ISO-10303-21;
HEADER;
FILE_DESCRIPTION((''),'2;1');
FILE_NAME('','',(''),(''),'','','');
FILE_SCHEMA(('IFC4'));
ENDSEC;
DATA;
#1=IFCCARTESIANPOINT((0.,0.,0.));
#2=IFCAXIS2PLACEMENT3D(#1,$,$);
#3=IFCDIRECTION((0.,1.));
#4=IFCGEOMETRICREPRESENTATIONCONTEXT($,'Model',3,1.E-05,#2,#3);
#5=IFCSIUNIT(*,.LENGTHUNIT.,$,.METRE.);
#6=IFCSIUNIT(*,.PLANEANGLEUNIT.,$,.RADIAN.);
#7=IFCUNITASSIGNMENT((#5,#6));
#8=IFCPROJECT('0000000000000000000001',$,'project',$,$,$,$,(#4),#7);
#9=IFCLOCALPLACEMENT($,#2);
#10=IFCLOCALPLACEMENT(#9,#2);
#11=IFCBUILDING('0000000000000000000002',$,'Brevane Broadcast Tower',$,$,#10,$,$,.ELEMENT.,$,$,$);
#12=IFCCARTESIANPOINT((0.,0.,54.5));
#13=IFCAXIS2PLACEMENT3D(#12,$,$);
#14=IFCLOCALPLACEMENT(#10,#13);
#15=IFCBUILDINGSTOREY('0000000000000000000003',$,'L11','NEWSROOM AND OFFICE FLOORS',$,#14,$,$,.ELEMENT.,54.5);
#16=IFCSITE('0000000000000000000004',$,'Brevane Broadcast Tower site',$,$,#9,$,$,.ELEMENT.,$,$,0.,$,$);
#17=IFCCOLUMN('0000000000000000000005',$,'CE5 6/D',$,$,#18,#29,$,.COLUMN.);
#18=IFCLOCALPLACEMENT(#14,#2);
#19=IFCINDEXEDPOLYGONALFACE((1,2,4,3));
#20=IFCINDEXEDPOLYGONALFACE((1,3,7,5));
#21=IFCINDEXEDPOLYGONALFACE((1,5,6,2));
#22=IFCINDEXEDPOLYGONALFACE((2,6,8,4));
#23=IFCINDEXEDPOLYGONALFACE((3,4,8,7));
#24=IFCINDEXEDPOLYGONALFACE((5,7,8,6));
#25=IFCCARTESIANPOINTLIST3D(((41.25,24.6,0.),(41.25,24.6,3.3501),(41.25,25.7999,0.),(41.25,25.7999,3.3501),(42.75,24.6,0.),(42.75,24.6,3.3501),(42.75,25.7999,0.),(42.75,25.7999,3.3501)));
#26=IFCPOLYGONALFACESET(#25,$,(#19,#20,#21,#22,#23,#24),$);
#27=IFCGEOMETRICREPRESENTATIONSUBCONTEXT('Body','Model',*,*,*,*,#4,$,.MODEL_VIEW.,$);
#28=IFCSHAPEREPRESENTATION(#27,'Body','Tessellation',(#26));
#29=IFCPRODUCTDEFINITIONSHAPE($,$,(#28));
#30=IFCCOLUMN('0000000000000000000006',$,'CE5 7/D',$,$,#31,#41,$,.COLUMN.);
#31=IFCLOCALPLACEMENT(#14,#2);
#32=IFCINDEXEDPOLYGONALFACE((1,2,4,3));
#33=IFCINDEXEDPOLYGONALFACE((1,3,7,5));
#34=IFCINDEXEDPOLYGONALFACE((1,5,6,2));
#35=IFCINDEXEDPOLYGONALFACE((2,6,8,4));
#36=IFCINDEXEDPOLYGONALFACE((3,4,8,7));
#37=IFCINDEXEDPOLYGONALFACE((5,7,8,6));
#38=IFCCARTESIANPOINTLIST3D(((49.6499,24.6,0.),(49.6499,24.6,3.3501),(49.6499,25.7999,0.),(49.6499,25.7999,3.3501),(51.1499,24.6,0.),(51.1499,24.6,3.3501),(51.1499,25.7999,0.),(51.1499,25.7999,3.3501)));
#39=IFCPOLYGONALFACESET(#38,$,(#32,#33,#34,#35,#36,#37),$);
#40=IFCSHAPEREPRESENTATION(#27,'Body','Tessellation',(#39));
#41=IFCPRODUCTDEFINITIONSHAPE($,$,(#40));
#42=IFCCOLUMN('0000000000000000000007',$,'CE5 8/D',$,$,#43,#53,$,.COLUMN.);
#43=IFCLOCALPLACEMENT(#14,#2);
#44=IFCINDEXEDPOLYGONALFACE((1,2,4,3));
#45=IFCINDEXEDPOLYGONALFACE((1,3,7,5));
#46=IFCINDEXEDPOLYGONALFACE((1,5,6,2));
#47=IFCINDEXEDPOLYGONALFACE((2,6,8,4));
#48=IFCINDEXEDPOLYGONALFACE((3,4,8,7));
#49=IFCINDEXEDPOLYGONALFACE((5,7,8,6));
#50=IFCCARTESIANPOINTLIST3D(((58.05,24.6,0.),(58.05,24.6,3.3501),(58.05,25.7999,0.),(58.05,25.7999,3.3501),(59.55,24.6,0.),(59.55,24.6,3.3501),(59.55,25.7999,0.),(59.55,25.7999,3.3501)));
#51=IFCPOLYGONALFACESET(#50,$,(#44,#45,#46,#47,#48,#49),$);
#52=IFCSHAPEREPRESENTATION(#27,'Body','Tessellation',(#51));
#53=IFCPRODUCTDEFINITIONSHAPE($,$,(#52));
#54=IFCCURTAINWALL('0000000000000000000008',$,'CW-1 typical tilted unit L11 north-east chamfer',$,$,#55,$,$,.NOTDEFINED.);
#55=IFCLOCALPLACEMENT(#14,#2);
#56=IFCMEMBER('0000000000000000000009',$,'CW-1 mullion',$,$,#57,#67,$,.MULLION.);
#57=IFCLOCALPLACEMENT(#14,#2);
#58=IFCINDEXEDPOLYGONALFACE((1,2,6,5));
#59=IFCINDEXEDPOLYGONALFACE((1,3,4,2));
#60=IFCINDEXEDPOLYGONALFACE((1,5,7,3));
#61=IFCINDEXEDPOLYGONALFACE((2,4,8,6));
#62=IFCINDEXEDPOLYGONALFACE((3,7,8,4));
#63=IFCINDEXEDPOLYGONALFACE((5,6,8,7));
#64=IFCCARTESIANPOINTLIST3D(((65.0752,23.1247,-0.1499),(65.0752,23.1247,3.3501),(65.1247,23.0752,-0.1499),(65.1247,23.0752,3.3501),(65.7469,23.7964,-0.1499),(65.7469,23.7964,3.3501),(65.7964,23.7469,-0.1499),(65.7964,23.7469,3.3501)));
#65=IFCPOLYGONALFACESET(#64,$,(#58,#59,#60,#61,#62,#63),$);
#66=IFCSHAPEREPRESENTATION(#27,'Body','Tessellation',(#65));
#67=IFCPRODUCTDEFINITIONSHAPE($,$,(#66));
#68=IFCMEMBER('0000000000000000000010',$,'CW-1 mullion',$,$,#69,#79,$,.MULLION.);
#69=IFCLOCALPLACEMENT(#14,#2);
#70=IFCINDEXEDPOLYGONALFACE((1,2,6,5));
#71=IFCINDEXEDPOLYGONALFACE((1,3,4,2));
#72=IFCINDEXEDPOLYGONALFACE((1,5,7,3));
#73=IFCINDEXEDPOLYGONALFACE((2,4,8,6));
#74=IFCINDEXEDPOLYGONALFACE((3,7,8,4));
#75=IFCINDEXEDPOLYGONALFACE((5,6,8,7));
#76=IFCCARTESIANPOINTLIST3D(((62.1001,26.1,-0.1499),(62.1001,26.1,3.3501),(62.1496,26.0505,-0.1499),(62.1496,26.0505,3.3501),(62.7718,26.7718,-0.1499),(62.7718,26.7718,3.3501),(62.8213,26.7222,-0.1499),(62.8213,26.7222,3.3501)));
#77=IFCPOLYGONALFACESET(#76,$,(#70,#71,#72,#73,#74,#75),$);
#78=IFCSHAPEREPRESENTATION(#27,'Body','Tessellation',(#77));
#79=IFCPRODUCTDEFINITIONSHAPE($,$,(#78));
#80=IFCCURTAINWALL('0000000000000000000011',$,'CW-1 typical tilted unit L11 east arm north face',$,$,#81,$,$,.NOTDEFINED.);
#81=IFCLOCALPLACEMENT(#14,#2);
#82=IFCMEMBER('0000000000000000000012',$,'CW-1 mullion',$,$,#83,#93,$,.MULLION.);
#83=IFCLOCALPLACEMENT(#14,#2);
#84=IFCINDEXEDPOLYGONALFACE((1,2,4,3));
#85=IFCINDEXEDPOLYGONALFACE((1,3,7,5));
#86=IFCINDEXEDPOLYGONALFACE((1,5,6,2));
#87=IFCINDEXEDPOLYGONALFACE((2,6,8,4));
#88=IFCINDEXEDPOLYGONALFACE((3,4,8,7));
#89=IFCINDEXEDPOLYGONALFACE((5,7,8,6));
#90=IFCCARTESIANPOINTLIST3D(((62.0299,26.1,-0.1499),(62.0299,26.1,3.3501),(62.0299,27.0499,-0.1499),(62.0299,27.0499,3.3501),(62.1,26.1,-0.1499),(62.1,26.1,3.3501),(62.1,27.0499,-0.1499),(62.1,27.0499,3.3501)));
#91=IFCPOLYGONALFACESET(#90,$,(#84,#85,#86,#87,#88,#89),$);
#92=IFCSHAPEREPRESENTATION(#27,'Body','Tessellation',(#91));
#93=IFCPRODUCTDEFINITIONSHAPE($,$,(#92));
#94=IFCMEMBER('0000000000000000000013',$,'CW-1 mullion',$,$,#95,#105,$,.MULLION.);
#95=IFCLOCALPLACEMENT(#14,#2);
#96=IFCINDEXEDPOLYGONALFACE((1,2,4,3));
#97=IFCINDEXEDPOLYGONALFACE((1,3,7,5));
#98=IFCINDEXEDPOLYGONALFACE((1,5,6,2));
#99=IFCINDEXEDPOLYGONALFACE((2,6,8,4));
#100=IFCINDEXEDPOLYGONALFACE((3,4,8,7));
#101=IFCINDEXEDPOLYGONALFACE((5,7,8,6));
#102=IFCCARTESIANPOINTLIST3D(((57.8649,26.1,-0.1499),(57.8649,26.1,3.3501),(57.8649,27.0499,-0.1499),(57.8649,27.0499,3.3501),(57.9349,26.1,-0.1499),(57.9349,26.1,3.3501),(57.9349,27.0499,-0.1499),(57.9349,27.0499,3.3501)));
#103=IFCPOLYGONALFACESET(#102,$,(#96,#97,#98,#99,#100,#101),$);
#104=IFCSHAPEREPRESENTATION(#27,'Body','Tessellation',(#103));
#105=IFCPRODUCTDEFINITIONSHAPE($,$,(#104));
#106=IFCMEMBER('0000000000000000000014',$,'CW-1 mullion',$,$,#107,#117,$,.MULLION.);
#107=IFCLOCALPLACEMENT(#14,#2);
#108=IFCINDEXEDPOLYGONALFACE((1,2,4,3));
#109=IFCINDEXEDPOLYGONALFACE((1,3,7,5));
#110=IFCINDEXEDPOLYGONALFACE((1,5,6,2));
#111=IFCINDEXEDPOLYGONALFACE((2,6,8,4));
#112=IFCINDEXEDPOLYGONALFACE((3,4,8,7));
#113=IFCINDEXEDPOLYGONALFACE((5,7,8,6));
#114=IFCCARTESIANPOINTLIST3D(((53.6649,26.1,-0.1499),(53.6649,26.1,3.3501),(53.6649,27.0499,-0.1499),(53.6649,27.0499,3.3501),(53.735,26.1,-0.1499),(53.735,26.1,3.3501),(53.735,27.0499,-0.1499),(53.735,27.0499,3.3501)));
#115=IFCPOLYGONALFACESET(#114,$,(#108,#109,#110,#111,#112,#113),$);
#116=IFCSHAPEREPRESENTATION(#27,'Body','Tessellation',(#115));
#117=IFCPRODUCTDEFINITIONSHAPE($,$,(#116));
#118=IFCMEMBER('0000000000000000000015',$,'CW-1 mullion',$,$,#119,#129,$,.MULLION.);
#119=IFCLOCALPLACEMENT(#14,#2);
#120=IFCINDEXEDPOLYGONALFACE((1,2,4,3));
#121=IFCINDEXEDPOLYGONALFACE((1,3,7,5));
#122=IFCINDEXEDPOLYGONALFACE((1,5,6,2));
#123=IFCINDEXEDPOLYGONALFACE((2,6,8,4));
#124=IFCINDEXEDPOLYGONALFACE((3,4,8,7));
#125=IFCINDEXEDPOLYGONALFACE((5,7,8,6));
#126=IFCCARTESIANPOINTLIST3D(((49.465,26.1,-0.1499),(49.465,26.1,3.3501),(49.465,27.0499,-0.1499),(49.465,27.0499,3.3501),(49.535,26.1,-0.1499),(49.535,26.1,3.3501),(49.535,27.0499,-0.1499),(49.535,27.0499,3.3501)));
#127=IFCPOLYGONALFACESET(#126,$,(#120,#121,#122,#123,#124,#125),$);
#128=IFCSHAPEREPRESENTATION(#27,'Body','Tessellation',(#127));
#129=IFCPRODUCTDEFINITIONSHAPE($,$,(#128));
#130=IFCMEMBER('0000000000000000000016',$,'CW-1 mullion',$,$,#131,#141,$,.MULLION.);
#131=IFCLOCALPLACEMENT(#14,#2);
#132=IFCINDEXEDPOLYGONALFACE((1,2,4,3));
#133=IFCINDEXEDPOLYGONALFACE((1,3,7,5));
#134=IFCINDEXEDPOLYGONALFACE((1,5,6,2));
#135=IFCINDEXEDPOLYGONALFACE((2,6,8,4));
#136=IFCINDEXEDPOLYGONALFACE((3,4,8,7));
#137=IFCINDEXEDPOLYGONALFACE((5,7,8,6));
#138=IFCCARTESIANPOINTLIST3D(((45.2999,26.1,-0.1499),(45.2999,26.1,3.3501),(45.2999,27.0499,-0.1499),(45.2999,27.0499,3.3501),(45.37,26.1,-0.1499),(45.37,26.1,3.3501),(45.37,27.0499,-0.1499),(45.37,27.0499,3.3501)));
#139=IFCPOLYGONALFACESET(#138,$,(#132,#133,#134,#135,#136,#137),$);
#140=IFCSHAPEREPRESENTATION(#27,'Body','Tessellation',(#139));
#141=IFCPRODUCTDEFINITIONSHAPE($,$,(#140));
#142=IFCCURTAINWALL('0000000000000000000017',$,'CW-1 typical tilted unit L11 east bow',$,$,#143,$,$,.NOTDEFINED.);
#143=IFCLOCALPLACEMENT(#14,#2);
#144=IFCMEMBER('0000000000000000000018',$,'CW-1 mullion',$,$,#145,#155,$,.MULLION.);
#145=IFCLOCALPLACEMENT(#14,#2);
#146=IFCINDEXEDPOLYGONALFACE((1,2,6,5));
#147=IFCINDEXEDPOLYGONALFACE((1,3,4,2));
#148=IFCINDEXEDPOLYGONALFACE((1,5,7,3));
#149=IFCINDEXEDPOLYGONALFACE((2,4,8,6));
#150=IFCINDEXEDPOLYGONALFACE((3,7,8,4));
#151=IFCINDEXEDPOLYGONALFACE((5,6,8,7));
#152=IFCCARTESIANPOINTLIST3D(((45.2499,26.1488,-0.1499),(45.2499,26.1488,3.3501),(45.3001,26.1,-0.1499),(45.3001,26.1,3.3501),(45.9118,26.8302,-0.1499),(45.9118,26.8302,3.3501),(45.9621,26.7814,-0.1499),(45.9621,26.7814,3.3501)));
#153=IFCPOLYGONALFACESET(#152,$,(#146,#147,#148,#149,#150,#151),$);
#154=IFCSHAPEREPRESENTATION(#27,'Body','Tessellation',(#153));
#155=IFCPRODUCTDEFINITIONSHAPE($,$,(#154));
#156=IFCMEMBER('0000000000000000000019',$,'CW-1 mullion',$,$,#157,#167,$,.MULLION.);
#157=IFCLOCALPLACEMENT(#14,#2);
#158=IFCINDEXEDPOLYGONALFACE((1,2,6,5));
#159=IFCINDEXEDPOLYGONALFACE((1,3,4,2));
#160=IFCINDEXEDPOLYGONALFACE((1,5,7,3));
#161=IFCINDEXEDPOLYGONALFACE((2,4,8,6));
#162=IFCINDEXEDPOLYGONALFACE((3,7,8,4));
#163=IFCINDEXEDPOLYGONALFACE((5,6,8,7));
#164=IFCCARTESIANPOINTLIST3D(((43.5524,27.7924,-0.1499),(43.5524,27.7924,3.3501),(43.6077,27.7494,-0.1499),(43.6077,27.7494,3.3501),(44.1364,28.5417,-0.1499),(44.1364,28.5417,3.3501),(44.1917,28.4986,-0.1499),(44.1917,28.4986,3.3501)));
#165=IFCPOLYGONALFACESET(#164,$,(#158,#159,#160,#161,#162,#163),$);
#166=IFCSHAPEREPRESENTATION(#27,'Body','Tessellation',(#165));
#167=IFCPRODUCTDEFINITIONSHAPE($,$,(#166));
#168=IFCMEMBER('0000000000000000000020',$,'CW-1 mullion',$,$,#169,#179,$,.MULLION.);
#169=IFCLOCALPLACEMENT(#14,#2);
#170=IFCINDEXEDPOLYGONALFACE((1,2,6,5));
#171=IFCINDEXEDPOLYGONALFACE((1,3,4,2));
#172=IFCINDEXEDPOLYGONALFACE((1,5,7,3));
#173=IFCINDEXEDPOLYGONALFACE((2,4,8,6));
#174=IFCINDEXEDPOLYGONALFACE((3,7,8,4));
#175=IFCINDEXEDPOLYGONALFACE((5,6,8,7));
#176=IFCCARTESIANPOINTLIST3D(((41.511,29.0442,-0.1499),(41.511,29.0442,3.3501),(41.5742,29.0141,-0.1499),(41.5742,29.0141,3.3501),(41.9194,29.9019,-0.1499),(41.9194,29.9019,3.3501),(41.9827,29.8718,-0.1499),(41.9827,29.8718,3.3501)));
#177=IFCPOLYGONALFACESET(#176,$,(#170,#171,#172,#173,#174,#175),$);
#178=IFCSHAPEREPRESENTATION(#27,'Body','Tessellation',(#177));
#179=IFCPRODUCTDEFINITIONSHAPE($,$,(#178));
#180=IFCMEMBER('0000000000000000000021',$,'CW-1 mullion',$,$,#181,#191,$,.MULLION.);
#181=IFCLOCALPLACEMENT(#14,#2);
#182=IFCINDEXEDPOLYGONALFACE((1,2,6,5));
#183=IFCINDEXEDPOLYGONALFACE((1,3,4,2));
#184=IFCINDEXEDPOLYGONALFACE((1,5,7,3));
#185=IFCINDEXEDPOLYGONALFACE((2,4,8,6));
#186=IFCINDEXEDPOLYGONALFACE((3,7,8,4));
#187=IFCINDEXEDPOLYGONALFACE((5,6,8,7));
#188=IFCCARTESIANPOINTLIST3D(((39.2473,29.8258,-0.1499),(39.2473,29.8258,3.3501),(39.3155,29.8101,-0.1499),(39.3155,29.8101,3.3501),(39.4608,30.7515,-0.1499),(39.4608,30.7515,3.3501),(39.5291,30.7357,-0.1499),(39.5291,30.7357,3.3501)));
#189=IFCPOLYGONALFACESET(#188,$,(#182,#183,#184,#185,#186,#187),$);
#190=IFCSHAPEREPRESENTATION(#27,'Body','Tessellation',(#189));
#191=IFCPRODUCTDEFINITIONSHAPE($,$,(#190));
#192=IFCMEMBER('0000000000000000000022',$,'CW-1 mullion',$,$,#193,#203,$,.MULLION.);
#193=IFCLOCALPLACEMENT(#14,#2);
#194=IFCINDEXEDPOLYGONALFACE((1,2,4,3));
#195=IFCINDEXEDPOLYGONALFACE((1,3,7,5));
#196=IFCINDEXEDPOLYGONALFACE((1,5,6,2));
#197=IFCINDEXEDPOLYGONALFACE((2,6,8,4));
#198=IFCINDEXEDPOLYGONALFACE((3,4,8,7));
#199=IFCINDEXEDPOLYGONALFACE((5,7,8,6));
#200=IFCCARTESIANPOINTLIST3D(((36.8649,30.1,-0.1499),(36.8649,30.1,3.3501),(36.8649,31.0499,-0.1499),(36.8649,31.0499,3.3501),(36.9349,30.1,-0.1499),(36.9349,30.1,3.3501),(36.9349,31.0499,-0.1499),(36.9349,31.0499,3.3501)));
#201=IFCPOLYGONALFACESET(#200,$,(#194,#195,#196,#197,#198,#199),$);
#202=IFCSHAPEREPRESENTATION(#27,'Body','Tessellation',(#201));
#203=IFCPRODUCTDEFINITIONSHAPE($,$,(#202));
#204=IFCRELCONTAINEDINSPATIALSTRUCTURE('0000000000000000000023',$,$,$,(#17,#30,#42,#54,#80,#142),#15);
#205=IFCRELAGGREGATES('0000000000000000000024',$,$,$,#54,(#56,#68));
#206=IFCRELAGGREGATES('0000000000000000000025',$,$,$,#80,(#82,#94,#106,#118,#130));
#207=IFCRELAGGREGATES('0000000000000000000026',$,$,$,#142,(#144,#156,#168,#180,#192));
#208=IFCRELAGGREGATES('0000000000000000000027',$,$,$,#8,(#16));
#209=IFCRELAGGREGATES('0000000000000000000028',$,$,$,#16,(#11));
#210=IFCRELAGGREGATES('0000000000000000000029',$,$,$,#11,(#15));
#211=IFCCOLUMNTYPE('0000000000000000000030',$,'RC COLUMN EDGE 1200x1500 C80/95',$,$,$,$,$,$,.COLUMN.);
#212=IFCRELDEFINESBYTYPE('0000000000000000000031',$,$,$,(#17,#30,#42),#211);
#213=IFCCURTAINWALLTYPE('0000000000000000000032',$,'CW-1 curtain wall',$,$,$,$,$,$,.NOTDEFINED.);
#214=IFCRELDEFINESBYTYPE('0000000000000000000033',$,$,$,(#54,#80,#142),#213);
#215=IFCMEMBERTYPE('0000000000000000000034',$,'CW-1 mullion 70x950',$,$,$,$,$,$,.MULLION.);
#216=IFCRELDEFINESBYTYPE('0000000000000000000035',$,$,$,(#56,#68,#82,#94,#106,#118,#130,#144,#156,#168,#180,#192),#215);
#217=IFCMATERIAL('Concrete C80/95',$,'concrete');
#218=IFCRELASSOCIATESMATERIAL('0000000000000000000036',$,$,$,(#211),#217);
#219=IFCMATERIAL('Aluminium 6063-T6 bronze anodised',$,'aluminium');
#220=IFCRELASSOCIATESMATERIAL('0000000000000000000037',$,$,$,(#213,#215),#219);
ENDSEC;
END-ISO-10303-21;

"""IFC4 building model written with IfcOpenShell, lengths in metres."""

from ifc_helpers import new_model, si_unit, direction, frame, origin, origin_2d, place, context, subcontext, project, spatial, rectangle, extrude, material, material_profile, profile_set, type_object, element, aggregate, save


model = new_model("IFC4")

# Units and contexts
model_context = context("Model", 3, precision=1e-05, world=origin(), true_north=direction((0.0, 1.0)))
body_context = subcontext(model_context, "Body", "Model", "MODEL_VIEW")
ifc_project = project(units=[si_unit("LENGTHUNIT", "METRE"), si_unit("PLANEANGLEUNIT", "RADIAN")], contexts=[model_context])

# Site, building, storey
site_placement = place(None, origin())
site = spatial("IfcSite", under=ifc_project, at=site_placement, Name="Brevane Broadcast Tower site", CompositionType="ELEMENT", RefElevation=0.0)
building_placement = place(site_placement, origin())
building = spatial("IfcBuilding", under=site, at=building_placement, Name="Brevane Broadcast Tower", CompositionType="ELEMENT")
storey_placement = place(building_placement, frame((0.0, 0.0, 54.5)))
storey = spatial("IfcBuildingStorey", under=building, at=storey_placement, Name="L11", Description="NEWSROOM AND OFFICE FLOORS", CompositionType="ELEMENT", Elevation=54.5)

# Columns
ifc_material_1 = material(Name="Concrete C80/95", Category="concrete")
ifc_material_profile_1 = material_profile(ifc_material_1, rectangle(XDim=1.2, YDim=1.5, at=origin_2d()), Name="RC 1200x1500")
ifc_profile_set_1 = profile_set([ifc_material_profile_1], Name="Concrete C80/95")
column_type = type_object("IfcColumnType", Name="RC COLUMN EDGE 1200x1500 C80/95", PredefinedType="COLUMN", material=ifc_profile_set_1)
for number, where, z_axis, x_axis, name in (
    (1, (42.0, 25.2, 0.0), (0.0, 0.0, 1.0), (0.0, 1.0, 0.0), "CE5 6/D"),
    (2, (50.3999, 25.2, 0.0), (0.0, 0.0, 1.0), (0.0, 1.0, 0.0), "CE5 7/D"),
    (3, (58.8, 25.2, 0.0), (0.0, 0.0, 1.0), (0.0, 1.0, 0.0), "CE5 8/D"),
):
    element("IfcColumn", number, at=place(storey_placement, frame(where, z_axis=z_axis, x_axis=x_axis)), inside=storey, type_object=column_type, Name=name, PredefinedType="COLUMN", context=body_context, shape_type="SweptSolid", body=[
        extrude(rectangle(XDim=1.2, YDim=1.5, at=origin_2d()), origin(), (0.0, 0.0, 1.0), 3.3501),
    ])

# Curtain walls, members
ifc_material_2 = material(Name="Aluminium 6063-T6 bronze anodised", Category="aluminium")
curtain_wall_type = type_object("IfcCurtainWallType", Name="CW-1 curtain wall", PredefinedType="NOTDEFINED", material=ifc_material_2)
curtain_wall_1_placement = place(storey_placement, origin())
curtain_wall_1 = element("IfcCurtainWall", 4, at=curtain_wall_1_placement, inside=storey, type_object=curtain_wall_type, Name="CW-1 typical tilted unit L11 north-east chamfer", PredefinedType="NOTDEFINED")
ifc_material_profile_2 = material_profile(ifc_material_2, rectangle(XDim=0.95, YDim=0.0701, at=origin_2d()), Name="RECT 70x950")
ifc_profile_set_2 = profile_set([ifc_material_profile_2], Name="Aluminium 6063-T6 bronze anodised")
member_type_1 = type_object("IfcMemberType", Name="CW-1 mullion 70x950", PredefinedType="MULLION", material=ifc_profile_set_2)
member_1_placement = place(storey_placement, frame((65.4358, 23.4358, -0.1499), z_axis=(0.0, 0.0, 1.0), x_axis=(-0.707107, -0.707107, 0.0)))
member_1 = element("IfcMember", 5, at=member_1_placement, type_object=member_type_1, Name="CW-1 mullion", PredefinedType="MULLION", context=body_context, shape_type="SweptSolid", body=[
    extrude(rectangle(XDim=0.95, YDim=0.0701, at=origin_2d()), origin(), (0.0, 0.0, 1.0), 3.5),
])
member_2_placement = place(storey_placement, frame((62.4607, 26.4111, -0.1499), z_axis=(0.0, 0.0, 1.0), x_axis=(-0.707107, -0.707107, 0.0)))
member_2 = element("IfcMember", 6, at=member_2_placement, type_object=member_type_1, Name="CW-1 mullion", PredefinedType="MULLION", context=body_context, shape_type="SweptSolid", body=[
    extrude(rectangle(XDim=0.95, YDim=0.0701, at=origin_2d()), origin(), (0.0, 0.0, 1.0), 3.5),
])
aggregate(curtain_wall_1, [member_1, member_2])
curtain_wall_2_placement = place(storey_placement, origin())
curtain_wall_2 = element("IfcCurtainWall", 7, at=curtain_wall_2_placement, inside=storey, type_object=curtain_wall_type, Name="CW-1 typical tilted unit L11 east arm north face", PredefinedType="NOTDEFINED")
member_3_placement = place(storey_placement, frame((62.0649, 26.575, -0.1499), z_axis=(0.0, 0.0, 1.0), x_axis=(0.0, -1.0, 0.0)))
member_3 = element("IfcMember", 8, at=member_3_placement, type_object=member_type_1, Name="CW-1 mullion", PredefinedType="MULLION", context=body_context, shape_type="SweptSolid", body=[
    extrude(rectangle(XDim=0.95, YDim=0.0701, at=origin_2d()), origin(), (0.0, 0.0, 1.0), 3.5),
])
member_4_placement = place(storey_placement, frame((57.8999, 26.575, -0.1499), z_axis=(0.0, 0.0, 1.0), x_axis=(0.0, -1.0, 0.0)))
member_4 = element("IfcMember", 9, at=member_4_placement, type_object=member_type_1, Name="CW-1 mullion", PredefinedType="MULLION", context=body_context, shape_type="SweptSolid", body=[
    extrude(rectangle(XDim=0.95, YDim=0.0701, at=origin_2d()), origin(), (0.0, 0.0, 1.0), 3.5),
])
member_5_placement = place(storey_placement, frame((53.7, 26.575, -0.1499), z_axis=(0.0, 0.0, 1.0), x_axis=(0.0, -1.0, 0.0)))
member_5 = element("IfcMember", 10, at=member_5_placement, type_object=member_type_1, Name="CW-1 mullion", PredefinedType="MULLION", context=body_context, shape_type="SweptSolid", body=[
    extrude(rectangle(XDim=0.95, YDim=0.0701, at=origin_2d()), origin(), (0.0, 0.0, 1.0), 3.5),
])
member_6_placement = place(storey_placement, frame((49.5, 26.575, -0.1499), z_axis=(0.0, 0.0, 1.0), x_axis=(0.0, -1.0, 0.0)))
member_6 = element("IfcMember", 11, at=member_6_placement, type_object=member_type_1, Name="CW-1 mullion", PredefinedType="MULLION", context=body_context, shape_type="SweptSolid", body=[
    extrude(rectangle(XDim=0.95, YDim=0.0701, at=origin_2d()), origin(), (0.0, 0.0, 1.0), 3.5),
])
member_7_placement = place(storey_placement, frame((45.335, 26.575, -0.1499), z_axis=(0.0, 0.0, 1.0), x_axis=(0.0, -1.0, 0.0)))
member_7 = element("IfcMember", 12, at=member_7_placement, type_object=member_type_1, Name="CW-1 mullion", PredefinedType="MULLION", context=body_context, shape_type="SweptSolid", body=[
    extrude(rectangle(XDim=0.95, YDim=0.0701, at=origin_2d()), origin(), (0.0, 0.0, 1.0), 3.5),
])
curtain_wall_3_placement = place(storey_placement, origin())
curtain_wall_3 = element("IfcCurtainWall", 13, at=curtain_wall_3_placement, inside=storey, type_object=curtain_wall_type, Name="CW-1 typical tilted unit L11 east bow", PredefinedType="NOTDEFINED")
member_8_placement = place(storey_placement, frame((45.606, 26.4651, -0.1499), z_axis=(0.0, 0.0, 1.0), x_axis=(-0.696812, -0.717254, 0.0)))
member_8 = element("IfcMember", 14, at=member_8_placement, type_object=member_type_1, Name="CW-1 mullion", PredefinedType="MULLION", context=body_context, shape_type="SweptSolid", body=[
    extrude(rectangle(XDim=0.95, YDim=0.0701, at=origin_2d()), origin(), (0.0, 0.0, 1.0), 3.5),
])
member_9_placement = place(storey_placement, frame((43.8721, 28.1455, -0.1499), z_axis=(0.0, 0.0, 1.0), x_axis=(-0.61477, -0.788707, 0.0)))
member_9 = element("IfcMember", 15, at=member_9_placement, type_object=member_type_1, Name="CW-1 mullion", PredefinedType="MULLION", context=body_context, shape_type="SweptSolid", body=[
    extrude(rectangle(XDim=0.95, YDim=0.0701, at=origin_2d()), origin(), (0.0, 0.0, 1.0), 3.5),
])
member_10_placement = place(storey_placement, frame((41.7468, 29.458, -0.1499), z_axis=(0.0, 0.0, 1.0), x_axis=(-0.429934, -0.902861, 0.0)))
member_10 = element("IfcMember", 16, at=member_10_placement, type_object=member_type_1, Name="CW-1 mullion", PredefinedType="MULLION", context=body_context, shape_type="SweptSolid", body=[
    extrude(rectangle(XDim=0.95, YDim=0.0701, at=origin_2d()), origin(), (0.0, 0.0, 1.0), 3.5),
])
member_11_placement = place(storey_placement, frame((39.3882, 30.2808, -0.1499), z_axis=(0.0, 0.0, 1.0), x_axis=(-0.224806, -0.974403, 0.0)))
member_11 = element("IfcMember", 17, at=member_11_placement, type_object=member_type_1, Name="CW-1 mullion", PredefinedType="MULLION", context=body_context, shape_type="SweptSolid", body=[
    extrude(rectangle(XDim=0.95, YDim=0.0701, at=origin_2d()), origin(), (0.0, 0.0, 1.0), 3.5),
])
member_12_placement = place(storey_placement, frame((36.8999, 30.575, -0.1499), z_axis=(0.0, 0.0, 1.0), x_axis=(0.0, -1.0, 0.0)))
member_12 = element("IfcMember", 18, at=member_12_placement, type_object=member_type_1, Name="CW-1 mullion", PredefinedType="MULLION", context=body_context, shape_type="SweptSolid", body=[
    extrude(rectangle(XDim=0.95, YDim=0.0701, at=origin_2d()), origin(), (0.0, 0.0, 1.0), 3.5),
])

aggregate(curtain_wall_2, [member_3, member_4, member_5, member_6, member_7])
aggregate(curtain_wall_3, [member_8, member_9, member_10, member_11, member_12])

save(model, "model.ifc")
